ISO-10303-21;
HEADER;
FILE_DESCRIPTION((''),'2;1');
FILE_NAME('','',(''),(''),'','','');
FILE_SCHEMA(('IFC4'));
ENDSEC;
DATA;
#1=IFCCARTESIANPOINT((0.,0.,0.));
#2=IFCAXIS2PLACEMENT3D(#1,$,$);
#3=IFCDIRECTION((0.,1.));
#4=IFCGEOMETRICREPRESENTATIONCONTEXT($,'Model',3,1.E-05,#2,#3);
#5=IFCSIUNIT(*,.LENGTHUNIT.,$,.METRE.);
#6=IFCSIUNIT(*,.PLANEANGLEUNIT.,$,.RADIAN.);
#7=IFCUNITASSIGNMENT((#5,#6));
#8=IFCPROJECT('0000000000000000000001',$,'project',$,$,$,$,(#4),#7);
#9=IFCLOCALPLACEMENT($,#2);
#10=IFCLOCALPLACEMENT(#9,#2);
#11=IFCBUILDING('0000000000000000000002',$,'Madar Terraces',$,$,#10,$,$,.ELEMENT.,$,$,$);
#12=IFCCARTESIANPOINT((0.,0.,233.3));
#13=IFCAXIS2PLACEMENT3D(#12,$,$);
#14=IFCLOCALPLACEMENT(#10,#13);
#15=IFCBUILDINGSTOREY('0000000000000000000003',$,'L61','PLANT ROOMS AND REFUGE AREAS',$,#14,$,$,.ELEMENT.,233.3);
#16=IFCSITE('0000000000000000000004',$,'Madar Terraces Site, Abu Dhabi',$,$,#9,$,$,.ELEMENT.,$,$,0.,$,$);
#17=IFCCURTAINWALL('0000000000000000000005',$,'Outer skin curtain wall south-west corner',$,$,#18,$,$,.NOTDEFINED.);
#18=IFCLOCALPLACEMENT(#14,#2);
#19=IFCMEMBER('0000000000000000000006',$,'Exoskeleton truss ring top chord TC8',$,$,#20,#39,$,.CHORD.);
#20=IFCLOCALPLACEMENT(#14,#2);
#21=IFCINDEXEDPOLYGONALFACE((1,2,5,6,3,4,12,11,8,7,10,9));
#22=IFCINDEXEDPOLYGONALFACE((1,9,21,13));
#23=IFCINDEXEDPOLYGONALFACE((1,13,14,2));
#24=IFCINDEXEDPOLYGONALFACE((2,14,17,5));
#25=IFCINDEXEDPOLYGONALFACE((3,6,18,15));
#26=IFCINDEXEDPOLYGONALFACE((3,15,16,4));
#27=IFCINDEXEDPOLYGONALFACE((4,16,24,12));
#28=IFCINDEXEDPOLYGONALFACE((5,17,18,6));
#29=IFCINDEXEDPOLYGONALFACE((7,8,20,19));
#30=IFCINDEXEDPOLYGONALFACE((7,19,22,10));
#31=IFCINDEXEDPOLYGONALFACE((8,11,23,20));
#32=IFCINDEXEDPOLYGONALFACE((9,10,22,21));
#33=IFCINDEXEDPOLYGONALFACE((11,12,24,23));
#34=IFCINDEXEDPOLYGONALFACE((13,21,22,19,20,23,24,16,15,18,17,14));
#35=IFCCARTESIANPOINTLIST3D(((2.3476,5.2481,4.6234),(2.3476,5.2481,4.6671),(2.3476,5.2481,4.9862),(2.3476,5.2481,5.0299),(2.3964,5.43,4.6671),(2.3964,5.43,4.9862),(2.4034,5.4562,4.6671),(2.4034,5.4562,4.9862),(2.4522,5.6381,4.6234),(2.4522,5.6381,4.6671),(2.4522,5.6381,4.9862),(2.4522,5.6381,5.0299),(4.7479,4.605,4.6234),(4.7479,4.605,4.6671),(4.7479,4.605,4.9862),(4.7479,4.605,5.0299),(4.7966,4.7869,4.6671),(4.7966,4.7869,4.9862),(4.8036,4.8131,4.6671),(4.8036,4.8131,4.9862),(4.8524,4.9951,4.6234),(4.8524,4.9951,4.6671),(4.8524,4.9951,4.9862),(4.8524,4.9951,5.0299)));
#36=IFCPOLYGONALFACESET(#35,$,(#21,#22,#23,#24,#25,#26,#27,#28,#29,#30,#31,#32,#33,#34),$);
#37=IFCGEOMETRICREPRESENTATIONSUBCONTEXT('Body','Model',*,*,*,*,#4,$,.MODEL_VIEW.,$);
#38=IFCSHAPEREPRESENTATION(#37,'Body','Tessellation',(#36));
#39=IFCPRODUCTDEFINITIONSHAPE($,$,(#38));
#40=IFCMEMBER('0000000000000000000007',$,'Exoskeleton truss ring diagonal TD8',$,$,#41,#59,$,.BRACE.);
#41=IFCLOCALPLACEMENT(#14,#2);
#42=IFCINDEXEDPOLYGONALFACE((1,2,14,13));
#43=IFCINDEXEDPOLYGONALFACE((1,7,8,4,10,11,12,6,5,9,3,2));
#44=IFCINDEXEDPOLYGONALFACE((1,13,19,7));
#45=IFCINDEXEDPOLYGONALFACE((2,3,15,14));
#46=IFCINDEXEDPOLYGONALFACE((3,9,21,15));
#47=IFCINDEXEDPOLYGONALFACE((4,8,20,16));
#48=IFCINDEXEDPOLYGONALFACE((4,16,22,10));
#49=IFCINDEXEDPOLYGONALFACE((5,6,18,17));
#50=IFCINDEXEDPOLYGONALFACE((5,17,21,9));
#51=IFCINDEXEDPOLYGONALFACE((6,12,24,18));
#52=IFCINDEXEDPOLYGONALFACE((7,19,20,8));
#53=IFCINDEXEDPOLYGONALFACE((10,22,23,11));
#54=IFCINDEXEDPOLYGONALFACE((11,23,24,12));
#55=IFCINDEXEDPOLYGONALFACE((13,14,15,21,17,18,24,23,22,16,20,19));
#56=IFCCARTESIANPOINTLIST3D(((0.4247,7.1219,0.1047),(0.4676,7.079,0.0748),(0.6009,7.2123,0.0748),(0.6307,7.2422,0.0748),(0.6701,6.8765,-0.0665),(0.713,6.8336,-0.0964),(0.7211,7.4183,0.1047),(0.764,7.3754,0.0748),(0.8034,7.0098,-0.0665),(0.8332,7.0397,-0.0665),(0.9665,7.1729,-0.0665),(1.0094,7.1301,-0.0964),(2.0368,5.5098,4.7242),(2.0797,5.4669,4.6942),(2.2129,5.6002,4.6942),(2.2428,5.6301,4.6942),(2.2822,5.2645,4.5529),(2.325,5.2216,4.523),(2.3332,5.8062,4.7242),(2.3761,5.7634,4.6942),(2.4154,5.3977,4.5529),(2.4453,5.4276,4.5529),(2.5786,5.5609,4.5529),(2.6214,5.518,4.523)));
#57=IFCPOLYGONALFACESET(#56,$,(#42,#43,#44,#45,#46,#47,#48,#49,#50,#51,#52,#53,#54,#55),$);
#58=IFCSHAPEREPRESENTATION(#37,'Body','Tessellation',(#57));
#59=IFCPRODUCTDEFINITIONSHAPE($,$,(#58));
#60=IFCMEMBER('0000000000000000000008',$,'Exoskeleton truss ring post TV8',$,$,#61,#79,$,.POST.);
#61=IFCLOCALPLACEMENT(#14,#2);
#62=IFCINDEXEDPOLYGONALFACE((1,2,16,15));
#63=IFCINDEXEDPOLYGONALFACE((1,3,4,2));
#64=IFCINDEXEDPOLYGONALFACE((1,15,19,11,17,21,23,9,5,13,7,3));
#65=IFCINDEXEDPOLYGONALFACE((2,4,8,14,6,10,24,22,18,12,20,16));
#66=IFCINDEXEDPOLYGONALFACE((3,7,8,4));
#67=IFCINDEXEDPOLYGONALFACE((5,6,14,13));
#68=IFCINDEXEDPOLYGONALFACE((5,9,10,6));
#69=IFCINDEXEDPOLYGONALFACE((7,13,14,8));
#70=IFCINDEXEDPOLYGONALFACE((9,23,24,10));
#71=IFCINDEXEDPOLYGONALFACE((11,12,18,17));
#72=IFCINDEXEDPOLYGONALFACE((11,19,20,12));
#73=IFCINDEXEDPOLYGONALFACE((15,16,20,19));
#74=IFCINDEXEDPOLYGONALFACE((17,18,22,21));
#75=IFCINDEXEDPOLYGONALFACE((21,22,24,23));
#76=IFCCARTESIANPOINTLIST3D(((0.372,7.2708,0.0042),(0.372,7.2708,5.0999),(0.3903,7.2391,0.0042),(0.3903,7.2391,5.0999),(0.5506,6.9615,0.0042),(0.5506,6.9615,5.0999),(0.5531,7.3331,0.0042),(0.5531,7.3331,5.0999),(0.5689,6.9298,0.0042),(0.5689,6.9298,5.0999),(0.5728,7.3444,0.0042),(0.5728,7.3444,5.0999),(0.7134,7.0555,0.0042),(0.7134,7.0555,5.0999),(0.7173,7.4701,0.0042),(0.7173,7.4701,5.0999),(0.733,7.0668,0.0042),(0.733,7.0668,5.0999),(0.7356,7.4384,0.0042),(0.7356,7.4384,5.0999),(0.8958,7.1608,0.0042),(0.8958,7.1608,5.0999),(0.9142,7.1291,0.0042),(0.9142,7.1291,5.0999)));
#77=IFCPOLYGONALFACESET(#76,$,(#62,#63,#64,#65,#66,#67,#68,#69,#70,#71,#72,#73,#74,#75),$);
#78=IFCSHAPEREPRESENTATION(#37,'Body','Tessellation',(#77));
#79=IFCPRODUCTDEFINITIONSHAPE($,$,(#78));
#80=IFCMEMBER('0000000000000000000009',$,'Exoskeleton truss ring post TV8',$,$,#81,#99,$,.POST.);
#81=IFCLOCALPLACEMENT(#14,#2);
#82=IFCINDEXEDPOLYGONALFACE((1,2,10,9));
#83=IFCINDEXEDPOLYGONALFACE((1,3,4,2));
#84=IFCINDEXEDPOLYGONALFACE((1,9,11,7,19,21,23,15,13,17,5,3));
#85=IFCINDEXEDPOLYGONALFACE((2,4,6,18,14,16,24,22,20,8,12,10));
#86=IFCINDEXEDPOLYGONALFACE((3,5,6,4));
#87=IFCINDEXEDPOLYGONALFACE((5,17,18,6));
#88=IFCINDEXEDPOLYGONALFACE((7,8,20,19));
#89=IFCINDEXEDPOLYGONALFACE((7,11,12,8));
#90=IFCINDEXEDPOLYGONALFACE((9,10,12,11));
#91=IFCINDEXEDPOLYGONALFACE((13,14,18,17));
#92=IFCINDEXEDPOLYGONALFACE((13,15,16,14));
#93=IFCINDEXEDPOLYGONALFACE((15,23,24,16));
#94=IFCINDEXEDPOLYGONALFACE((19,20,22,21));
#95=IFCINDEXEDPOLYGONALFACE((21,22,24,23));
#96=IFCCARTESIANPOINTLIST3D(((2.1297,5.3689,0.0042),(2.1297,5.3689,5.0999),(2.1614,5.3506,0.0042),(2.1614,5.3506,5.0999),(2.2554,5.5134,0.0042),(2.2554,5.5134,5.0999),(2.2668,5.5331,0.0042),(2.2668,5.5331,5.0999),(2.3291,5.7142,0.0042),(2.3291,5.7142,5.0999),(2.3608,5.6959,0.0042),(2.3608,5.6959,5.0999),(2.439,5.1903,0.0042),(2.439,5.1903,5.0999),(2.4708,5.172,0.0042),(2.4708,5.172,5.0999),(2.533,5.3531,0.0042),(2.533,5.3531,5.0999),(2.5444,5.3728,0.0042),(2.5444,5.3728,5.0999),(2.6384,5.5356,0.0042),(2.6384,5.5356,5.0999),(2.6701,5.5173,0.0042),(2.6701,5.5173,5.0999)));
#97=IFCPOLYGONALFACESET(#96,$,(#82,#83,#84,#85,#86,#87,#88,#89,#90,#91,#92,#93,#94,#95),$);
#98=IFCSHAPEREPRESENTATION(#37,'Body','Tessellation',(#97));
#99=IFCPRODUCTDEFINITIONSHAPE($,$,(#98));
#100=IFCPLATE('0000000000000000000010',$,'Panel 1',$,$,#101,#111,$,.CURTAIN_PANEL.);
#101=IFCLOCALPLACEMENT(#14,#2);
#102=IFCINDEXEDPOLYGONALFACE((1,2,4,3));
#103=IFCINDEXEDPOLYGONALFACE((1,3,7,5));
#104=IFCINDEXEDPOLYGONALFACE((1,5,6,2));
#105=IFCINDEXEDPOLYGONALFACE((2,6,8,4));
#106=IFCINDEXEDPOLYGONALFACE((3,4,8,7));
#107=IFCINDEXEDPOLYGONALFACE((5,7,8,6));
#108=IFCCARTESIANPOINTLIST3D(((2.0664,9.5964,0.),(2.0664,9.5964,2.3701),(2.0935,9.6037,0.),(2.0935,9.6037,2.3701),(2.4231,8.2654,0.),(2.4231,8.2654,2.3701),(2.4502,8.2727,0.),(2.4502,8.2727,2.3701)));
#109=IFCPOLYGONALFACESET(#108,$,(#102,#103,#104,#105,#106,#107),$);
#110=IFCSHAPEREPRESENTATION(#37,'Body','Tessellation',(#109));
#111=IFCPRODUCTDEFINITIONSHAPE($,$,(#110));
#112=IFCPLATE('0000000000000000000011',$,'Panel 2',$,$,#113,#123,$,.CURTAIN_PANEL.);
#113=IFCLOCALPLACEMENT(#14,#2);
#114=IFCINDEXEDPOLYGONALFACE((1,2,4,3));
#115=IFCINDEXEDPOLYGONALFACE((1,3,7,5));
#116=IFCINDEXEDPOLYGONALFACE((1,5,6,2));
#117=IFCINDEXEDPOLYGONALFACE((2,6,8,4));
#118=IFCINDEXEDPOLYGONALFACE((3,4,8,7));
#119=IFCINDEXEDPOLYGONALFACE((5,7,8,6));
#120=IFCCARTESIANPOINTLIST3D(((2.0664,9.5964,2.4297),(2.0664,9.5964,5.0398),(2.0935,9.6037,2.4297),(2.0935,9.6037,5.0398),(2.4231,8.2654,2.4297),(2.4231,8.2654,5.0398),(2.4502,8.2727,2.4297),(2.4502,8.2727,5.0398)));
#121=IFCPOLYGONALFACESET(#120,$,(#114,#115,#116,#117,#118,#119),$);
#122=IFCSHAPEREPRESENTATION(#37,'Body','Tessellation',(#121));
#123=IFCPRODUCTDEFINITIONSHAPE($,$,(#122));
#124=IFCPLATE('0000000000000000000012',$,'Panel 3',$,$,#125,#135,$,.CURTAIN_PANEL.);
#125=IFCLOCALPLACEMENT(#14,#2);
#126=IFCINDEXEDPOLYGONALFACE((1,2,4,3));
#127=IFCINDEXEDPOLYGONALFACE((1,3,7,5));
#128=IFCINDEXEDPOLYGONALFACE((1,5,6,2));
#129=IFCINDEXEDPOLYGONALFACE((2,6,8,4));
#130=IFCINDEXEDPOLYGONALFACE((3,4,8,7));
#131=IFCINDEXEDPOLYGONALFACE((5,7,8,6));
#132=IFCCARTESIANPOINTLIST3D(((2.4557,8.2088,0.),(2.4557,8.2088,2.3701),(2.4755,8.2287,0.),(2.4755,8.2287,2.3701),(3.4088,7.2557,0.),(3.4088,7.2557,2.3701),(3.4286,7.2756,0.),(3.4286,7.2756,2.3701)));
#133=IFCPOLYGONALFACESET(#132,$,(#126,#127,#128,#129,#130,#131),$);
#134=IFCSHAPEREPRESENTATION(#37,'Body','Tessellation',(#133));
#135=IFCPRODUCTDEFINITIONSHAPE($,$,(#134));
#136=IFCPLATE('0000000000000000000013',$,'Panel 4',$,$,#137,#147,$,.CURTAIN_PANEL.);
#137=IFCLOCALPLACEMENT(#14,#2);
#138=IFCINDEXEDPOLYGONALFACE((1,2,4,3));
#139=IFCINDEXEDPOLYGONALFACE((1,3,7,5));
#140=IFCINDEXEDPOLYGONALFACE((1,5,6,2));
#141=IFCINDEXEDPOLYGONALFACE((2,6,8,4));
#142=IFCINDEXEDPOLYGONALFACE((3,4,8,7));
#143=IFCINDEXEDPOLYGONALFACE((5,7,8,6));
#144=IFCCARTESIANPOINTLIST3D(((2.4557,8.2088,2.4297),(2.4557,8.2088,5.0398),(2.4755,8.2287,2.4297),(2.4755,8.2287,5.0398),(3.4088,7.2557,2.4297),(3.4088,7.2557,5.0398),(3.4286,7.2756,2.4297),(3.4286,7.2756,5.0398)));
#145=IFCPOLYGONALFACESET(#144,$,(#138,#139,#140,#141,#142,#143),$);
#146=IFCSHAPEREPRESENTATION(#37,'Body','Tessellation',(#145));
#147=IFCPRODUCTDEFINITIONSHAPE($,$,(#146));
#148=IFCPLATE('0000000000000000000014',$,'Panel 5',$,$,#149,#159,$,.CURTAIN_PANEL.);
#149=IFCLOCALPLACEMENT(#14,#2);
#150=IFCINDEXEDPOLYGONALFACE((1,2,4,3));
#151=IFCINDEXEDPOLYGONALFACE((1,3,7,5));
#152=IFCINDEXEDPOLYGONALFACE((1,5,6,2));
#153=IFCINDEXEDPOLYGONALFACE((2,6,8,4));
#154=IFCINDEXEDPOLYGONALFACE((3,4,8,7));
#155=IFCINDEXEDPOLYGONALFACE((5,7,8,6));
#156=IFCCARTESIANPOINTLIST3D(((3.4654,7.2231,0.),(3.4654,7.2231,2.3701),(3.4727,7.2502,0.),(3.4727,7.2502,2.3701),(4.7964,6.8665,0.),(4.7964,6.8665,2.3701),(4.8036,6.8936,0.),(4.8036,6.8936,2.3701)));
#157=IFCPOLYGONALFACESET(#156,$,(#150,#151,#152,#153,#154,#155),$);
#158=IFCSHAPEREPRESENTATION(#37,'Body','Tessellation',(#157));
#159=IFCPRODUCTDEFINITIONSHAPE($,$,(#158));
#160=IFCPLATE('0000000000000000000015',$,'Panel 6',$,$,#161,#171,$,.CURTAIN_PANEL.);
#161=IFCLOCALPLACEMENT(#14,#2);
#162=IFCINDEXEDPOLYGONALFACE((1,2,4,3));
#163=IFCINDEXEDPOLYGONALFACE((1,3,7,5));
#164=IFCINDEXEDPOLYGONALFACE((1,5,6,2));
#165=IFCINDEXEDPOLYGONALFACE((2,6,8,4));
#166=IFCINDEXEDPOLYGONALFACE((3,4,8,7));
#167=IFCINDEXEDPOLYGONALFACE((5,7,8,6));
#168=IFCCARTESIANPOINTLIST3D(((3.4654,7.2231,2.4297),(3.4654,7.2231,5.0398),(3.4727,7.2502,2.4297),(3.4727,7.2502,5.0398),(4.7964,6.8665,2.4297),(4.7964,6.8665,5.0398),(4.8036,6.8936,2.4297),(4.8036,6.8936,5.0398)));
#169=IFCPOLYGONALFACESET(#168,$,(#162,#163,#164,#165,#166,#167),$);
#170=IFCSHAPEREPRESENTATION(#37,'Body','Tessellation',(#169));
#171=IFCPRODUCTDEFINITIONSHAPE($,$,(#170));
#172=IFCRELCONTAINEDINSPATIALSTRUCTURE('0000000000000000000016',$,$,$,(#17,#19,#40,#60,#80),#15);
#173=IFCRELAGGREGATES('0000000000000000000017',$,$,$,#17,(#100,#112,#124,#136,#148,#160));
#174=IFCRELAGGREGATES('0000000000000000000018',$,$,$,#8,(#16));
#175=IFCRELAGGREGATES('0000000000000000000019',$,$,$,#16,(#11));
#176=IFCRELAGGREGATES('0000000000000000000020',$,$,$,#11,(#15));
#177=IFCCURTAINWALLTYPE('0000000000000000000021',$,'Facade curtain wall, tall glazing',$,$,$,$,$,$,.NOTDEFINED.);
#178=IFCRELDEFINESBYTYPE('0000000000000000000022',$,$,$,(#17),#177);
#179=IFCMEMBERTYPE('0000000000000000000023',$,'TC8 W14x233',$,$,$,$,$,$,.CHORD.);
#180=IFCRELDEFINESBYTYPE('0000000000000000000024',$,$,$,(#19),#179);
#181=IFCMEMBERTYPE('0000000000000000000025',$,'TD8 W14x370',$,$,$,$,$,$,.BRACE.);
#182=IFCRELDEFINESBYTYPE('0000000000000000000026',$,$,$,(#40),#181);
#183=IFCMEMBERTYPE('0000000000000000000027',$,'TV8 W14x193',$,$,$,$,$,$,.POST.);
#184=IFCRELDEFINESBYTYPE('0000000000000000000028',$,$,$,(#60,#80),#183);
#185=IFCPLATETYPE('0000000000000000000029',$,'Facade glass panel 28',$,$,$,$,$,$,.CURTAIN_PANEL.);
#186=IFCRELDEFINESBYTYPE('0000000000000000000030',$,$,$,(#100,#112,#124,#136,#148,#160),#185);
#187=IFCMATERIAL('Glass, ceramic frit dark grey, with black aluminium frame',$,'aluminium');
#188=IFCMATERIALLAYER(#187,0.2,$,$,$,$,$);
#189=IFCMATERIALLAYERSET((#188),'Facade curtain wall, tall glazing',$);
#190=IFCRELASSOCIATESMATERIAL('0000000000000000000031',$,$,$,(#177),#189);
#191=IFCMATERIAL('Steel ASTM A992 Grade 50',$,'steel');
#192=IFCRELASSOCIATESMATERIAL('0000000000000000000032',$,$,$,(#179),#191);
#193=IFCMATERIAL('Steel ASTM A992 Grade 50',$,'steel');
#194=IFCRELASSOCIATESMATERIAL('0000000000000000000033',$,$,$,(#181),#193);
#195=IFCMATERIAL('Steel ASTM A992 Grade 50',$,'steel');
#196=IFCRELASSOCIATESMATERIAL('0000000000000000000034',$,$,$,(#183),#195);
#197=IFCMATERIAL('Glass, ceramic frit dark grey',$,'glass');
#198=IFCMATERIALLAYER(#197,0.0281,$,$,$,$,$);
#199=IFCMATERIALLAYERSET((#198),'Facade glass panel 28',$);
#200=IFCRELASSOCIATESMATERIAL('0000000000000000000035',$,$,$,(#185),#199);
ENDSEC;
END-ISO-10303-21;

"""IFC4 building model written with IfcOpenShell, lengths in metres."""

from ifc_helpers import new_model, si_unit, direction, frame, origin, origin_2d, place, context, subcontext, project, spatial, rectangle, i_section, extrude, material, layer, layer_set, material_profile, profile_set, type_object, element, aggregate, save


model = new_model("IFC4")

# Units and contexts
model_context = context("Model", 3, precision=1e-05, world=origin(), true_north=direction((0.0, 1.0)))
body_context = subcontext(model_context, "Body", "Model", "MODEL_VIEW")
ifc_project = project(units=[si_unit("LENGTHUNIT", "METRE"), si_unit("PLANEANGLEUNIT", "RADIAN")], contexts=[model_context])

# Site, building, storey
site_placement = place(None, origin())
site = spatial("IfcSite", under=ifc_project, at=site_placement, Name="Madar Terraces Site, Abu Dhabi", CompositionType="ELEMENT", RefElevation=0.0)
building_placement = place(site_placement, origin())
building = spatial("IfcBuilding", under=site, at=building_placement, Name="Madar Terraces", CompositionType="ELEMENT")
storey_placement = place(building_placement, frame((0.0, 0.0, 233.3)))
storey = spatial("IfcBuildingStorey", under=building, at=storey_placement, Name="L61", Description="PLANT ROOMS AND REFUGE AREAS", CompositionType="ELEMENT", Elevation=233.3)

# Curtain wall
ifc_material_1 = material(Name="Glass, ceramic frit dark grey, with black aluminium frame", Category="aluminium")
ifc_layer_1 = layer(ifc_material_1, 0.2)
ifc_layer_set_1 = layer_set([ifc_layer_1], Name="Facade curtain wall, tall glazing")
curtain_wall_type = type_object("IfcCurtainWallType", Name="Facade curtain wall, tall glazing", PredefinedType="NOTDEFINED", material=ifc_layer_set_1)
curtain_wall_1_placement = place(storey_placement, origin())
curtain_wall_1 = element("IfcCurtainWall", 1, at=curtain_wall_1_placement, inside=storey, type_object=curtain_wall_type, Name="Outer skin curtain wall south-west corner", PredefinedType="NOTDEFINED")

# Members
ifc_material_2 = material(Name="Steel ASTM A992 Grade 50", Category="steel")
ifc_material_profile_1 = material_profile(ifc_material_2, i_section(OverallWidth=0.4038, OverallDepth=0.4065, WebThickness=0.0271, FlangeThickness=0.0437, at=origin_2d()), Name="W14x233")
ifc_profile_set_1 = profile_set([ifc_material_profile_1], Name="Steel ASTM A992 Grade 50")
member_type_1 = type_object("IfcMemberType", Name="TC8 W14x233", PredefinedType="CHORD", material=ifc_profile_set_1)
member_1_placement = place(storey_placement, frame((2.3999, 5.4431, 4.8267), z_axis=(0.965931, -0.2588, 0.0), x_axis=(0.2588, 0.965931, 0.0)))
element("IfcMember", 2, at=member_1_placement, inside=storey, type_object=member_type_1, Name="Exoskeleton truss ring top chord TC8", PredefinedType="CHORD", context=body_context, shape_type="SweptSolid", body=[
    extrude(i_section(OverallWidth=0.4038, OverallDepth=0.4065, WebThickness=0.0271, FlangeThickness=0.0437, at=origin_2d()), origin(), (0.0, 0.0, 1.0), 2.4849),
])
ifc_material_3 = material(Name="Steel ASTM A992 Grade 50", Category="steel")
ifc_material_profile_2 = material_profile(ifc_material_3, i_section(OverallWidth=0.4192, OverallDepth=0.4546, WebThickness=0.0422, FlangeThickness=0.0676, at=origin_2d()), Name="W14x370")
ifc_profile_set_2 = profile_set([ifc_material_profile_2], Name="Steel ASTM A992 Grade 50")
member_type_2 = type_object("IfcMemberType", Name="TD8 W14x370", PredefinedType="BRACE", material=ifc_profile_set_2)
member_2_placement = place(storey_placement, frame((0.717, 7.126, 0.0042), z_axis=(0.312941, -0.312941, 0.896736), x_axis=(0.707107, 0.707107, 0.0)))
element("IfcMember", 3, at=member_2_placement, inside=storey, type_object=member_type_2, Name="Exoskeleton truss ring diagonal TD8", PredefinedType="BRACE", context=body_context, shape_type="SweptSolid", body=[
    extrude(i_section(OverallWidth=0.4192, OverallDepth=0.4546, WebThickness=0.0422, FlangeThickness=0.0676, at=origin_2d()), origin(), (0.0, 0.0, 1.0), 5.1514),
])
ifc_material_4 = material(Name="Steel ASTM A992 Grade 50", Category="steel")
ifc_material_profile_3 = material_profile(ifc_material_4, i_section(OverallWidth=0.3987, OverallDepth=0.3938, WebThickness=0.0227, FlangeThickness=0.0366, at=origin_2d()), Name="W14x193")
ifc_profile_set_3 = profile_set([ifc_material_profile_3], Name="Steel ASTM A992 Grade 50")
member_type_3 = type_object("IfcMemberType", Name="TV8 W14x193", PredefinedType="POST", material=ifc_profile_set_3)
for number, where, z_axis, x_axis, name in (
    (4, (0.6431, 7.2, 0.0042), (0.0, 0.0, 1.0), (0.866025, 0.5, 0.0), "Exoskeleton truss ring post TV8"),
    (5, (2.3999, 5.4431, 0.0042), (0.0, 0.0, 1.0), (0.5, 0.866025, 0.0), "Exoskeleton truss ring post TV8"),
):
    element("IfcMember", number, at=place(storey_placement, frame(where, z_axis=z_axis, x_axis=x_axis)), inside=storey, type_object=member_type_3, Name=name, PredefinedType="POST", context=body_context, shape_type="SweptSolid", body=[
        extrude(i_section(OverallWidth=0.3987, OverallDepth=0.3938, WebThickness=0.0227, FlangeThickness=0.0366, at=origin_2d()), origin(), (0.0, 0.0, 1.0), 5.0957),
    ])

# Plates
ifc_material_5 = material(Name="Glass, ceramic frit dark grey", Category="glass")
ifc_layer_2 = layer(ifc_material_5, 0.0281)
ifc_layer_set_2 = layer_set([ifc_layer_2], Name="Facade glass panel 28")
plate_type = type_object("IfcPlateType", Name="Facade glass panel 28", PredefinedType="CURTAIN_PANEL", material=ifc_layer_set_2)
plate_1_placement = place(storey_placement, frame((2.2583, 8.9346, 0.0), z_axis=(0.0, 0.0, 1.0), x_axis=(0.258819, -0.965926, 0.0)))
plate_1 = element("IfcPlate", 6, at=plate_1_placement, type_object=plate_type, Name="Panel 1", PredefinedType="CURTAIN_PANEL", context=body_context, shape_type="SweptSolid", body=[
    extrude(rectangle(XDim=1.3779, YDim=0.0281, at=origin_2d()), origin(), (0.0, 0.0, 1.0), 2.3701),
])
plate_2_placement = place(storey_placement, frame((2.2583, 8.9346, 2.4297), z_axis=(0.0, 0.0, 1.0), x_axis=(0.258819, -0.965926, 0.0)))
plate_2 = element("IfcPlate", 7, at=plate_2_placement, type_object=plate_type, Name="Panel 2", PredefinedType="CURTAIN_PANEL", context=body_context, shape_type="SweptSolid", body=[
    extrude(rectangle(XDim=1.3779, YDim=0.0281, at=origin_2d()), origin(), (0.0, 0.0, 1.0), 2.6101),
])
plate_3_placement = place(storey_placement, frame((2.9421, 7.7422, 0.0), z_axis=(0.0, 0.0, 1.0), x_axis=(0.707107, -0.707107, 0.0)))
plate_3 = element("IfcPlate", 8, at=plate_3_placement, type_object=plate_type, Name="Panel 3", PredefinedType="CURTAIN_PANEL", context=body_context, shape_type="SweptSolid", body=[
    extrude(rectangle(XDim=1.3479, YDim=0.0281, at=origin_2d()), origin(), (0.0, 0.0, 1.0), 2.3701),
])
plate_4_placement = place(storey_placement, frame((2.9421, 7.7422, 2.4297), z_axis=(0.0, 0.0, 1.0), x_axis=(0.707107, -0.707107, 0.0)))
plate_4 = element("IfcPlate", 9, at=plate_4_placement, type_object=plate_type, Name="Panel 4", PredefinedType="CURTAIN_PANEL", context=body_context, shape_type="SweptSolid", body=[
    extrude(rectangle(XDim=1.3479, YDim=0.0281, at=origin_2d()), origin(), (0.0, 0.0, 1.0), 2.6101),
])
plate_5_placement = place(storey_placement, frame((4.1345, 7.0583, 0.0), z_axis=(0.0, 0.0, 1.0), x_axis=(0.965926, -0.258819, 0.0)))
plate_5 = element("IfcPlate", 10, at=plate_5_placement, type_object=plate_type, Name="Panel 5", PredefinedType="CURTAIN_PANEL", context=body_context, shape_type="SweptSolid", body=[
    extrude(rectangle(XDim=1.3779, YDim=0.0281, at=origin_2d()), origin(), (0.0, 0.0, 1.0), 2.3701),
])
plate_6_placement = place(storey_placement, frame((4.1345, 7.0583, 2.4297), z_axis=(0.0, 0.0, 1.0), x_axis=(0.965926, -0.258819, 0.0)))
plate_6 = element("IfcPlate", 11, at=plate_6_placement, type_object=plate_type, Name="Panel 6", PredefinedType="CURTAIN_PANEL", context=body_context, shape_type="SweptSolid", body=[
    extrude(rectangle(XDim=1.3779, YDim=0.0281, at=origin_2d()), origin(), (0.0, 0.0, 1.0), 2.6101),
])
aggregate(curtain_wall_1, [plate_1, plate_2, plate_3, plate_4, plate_5, plate_6])

save(model, "model.ifc")
